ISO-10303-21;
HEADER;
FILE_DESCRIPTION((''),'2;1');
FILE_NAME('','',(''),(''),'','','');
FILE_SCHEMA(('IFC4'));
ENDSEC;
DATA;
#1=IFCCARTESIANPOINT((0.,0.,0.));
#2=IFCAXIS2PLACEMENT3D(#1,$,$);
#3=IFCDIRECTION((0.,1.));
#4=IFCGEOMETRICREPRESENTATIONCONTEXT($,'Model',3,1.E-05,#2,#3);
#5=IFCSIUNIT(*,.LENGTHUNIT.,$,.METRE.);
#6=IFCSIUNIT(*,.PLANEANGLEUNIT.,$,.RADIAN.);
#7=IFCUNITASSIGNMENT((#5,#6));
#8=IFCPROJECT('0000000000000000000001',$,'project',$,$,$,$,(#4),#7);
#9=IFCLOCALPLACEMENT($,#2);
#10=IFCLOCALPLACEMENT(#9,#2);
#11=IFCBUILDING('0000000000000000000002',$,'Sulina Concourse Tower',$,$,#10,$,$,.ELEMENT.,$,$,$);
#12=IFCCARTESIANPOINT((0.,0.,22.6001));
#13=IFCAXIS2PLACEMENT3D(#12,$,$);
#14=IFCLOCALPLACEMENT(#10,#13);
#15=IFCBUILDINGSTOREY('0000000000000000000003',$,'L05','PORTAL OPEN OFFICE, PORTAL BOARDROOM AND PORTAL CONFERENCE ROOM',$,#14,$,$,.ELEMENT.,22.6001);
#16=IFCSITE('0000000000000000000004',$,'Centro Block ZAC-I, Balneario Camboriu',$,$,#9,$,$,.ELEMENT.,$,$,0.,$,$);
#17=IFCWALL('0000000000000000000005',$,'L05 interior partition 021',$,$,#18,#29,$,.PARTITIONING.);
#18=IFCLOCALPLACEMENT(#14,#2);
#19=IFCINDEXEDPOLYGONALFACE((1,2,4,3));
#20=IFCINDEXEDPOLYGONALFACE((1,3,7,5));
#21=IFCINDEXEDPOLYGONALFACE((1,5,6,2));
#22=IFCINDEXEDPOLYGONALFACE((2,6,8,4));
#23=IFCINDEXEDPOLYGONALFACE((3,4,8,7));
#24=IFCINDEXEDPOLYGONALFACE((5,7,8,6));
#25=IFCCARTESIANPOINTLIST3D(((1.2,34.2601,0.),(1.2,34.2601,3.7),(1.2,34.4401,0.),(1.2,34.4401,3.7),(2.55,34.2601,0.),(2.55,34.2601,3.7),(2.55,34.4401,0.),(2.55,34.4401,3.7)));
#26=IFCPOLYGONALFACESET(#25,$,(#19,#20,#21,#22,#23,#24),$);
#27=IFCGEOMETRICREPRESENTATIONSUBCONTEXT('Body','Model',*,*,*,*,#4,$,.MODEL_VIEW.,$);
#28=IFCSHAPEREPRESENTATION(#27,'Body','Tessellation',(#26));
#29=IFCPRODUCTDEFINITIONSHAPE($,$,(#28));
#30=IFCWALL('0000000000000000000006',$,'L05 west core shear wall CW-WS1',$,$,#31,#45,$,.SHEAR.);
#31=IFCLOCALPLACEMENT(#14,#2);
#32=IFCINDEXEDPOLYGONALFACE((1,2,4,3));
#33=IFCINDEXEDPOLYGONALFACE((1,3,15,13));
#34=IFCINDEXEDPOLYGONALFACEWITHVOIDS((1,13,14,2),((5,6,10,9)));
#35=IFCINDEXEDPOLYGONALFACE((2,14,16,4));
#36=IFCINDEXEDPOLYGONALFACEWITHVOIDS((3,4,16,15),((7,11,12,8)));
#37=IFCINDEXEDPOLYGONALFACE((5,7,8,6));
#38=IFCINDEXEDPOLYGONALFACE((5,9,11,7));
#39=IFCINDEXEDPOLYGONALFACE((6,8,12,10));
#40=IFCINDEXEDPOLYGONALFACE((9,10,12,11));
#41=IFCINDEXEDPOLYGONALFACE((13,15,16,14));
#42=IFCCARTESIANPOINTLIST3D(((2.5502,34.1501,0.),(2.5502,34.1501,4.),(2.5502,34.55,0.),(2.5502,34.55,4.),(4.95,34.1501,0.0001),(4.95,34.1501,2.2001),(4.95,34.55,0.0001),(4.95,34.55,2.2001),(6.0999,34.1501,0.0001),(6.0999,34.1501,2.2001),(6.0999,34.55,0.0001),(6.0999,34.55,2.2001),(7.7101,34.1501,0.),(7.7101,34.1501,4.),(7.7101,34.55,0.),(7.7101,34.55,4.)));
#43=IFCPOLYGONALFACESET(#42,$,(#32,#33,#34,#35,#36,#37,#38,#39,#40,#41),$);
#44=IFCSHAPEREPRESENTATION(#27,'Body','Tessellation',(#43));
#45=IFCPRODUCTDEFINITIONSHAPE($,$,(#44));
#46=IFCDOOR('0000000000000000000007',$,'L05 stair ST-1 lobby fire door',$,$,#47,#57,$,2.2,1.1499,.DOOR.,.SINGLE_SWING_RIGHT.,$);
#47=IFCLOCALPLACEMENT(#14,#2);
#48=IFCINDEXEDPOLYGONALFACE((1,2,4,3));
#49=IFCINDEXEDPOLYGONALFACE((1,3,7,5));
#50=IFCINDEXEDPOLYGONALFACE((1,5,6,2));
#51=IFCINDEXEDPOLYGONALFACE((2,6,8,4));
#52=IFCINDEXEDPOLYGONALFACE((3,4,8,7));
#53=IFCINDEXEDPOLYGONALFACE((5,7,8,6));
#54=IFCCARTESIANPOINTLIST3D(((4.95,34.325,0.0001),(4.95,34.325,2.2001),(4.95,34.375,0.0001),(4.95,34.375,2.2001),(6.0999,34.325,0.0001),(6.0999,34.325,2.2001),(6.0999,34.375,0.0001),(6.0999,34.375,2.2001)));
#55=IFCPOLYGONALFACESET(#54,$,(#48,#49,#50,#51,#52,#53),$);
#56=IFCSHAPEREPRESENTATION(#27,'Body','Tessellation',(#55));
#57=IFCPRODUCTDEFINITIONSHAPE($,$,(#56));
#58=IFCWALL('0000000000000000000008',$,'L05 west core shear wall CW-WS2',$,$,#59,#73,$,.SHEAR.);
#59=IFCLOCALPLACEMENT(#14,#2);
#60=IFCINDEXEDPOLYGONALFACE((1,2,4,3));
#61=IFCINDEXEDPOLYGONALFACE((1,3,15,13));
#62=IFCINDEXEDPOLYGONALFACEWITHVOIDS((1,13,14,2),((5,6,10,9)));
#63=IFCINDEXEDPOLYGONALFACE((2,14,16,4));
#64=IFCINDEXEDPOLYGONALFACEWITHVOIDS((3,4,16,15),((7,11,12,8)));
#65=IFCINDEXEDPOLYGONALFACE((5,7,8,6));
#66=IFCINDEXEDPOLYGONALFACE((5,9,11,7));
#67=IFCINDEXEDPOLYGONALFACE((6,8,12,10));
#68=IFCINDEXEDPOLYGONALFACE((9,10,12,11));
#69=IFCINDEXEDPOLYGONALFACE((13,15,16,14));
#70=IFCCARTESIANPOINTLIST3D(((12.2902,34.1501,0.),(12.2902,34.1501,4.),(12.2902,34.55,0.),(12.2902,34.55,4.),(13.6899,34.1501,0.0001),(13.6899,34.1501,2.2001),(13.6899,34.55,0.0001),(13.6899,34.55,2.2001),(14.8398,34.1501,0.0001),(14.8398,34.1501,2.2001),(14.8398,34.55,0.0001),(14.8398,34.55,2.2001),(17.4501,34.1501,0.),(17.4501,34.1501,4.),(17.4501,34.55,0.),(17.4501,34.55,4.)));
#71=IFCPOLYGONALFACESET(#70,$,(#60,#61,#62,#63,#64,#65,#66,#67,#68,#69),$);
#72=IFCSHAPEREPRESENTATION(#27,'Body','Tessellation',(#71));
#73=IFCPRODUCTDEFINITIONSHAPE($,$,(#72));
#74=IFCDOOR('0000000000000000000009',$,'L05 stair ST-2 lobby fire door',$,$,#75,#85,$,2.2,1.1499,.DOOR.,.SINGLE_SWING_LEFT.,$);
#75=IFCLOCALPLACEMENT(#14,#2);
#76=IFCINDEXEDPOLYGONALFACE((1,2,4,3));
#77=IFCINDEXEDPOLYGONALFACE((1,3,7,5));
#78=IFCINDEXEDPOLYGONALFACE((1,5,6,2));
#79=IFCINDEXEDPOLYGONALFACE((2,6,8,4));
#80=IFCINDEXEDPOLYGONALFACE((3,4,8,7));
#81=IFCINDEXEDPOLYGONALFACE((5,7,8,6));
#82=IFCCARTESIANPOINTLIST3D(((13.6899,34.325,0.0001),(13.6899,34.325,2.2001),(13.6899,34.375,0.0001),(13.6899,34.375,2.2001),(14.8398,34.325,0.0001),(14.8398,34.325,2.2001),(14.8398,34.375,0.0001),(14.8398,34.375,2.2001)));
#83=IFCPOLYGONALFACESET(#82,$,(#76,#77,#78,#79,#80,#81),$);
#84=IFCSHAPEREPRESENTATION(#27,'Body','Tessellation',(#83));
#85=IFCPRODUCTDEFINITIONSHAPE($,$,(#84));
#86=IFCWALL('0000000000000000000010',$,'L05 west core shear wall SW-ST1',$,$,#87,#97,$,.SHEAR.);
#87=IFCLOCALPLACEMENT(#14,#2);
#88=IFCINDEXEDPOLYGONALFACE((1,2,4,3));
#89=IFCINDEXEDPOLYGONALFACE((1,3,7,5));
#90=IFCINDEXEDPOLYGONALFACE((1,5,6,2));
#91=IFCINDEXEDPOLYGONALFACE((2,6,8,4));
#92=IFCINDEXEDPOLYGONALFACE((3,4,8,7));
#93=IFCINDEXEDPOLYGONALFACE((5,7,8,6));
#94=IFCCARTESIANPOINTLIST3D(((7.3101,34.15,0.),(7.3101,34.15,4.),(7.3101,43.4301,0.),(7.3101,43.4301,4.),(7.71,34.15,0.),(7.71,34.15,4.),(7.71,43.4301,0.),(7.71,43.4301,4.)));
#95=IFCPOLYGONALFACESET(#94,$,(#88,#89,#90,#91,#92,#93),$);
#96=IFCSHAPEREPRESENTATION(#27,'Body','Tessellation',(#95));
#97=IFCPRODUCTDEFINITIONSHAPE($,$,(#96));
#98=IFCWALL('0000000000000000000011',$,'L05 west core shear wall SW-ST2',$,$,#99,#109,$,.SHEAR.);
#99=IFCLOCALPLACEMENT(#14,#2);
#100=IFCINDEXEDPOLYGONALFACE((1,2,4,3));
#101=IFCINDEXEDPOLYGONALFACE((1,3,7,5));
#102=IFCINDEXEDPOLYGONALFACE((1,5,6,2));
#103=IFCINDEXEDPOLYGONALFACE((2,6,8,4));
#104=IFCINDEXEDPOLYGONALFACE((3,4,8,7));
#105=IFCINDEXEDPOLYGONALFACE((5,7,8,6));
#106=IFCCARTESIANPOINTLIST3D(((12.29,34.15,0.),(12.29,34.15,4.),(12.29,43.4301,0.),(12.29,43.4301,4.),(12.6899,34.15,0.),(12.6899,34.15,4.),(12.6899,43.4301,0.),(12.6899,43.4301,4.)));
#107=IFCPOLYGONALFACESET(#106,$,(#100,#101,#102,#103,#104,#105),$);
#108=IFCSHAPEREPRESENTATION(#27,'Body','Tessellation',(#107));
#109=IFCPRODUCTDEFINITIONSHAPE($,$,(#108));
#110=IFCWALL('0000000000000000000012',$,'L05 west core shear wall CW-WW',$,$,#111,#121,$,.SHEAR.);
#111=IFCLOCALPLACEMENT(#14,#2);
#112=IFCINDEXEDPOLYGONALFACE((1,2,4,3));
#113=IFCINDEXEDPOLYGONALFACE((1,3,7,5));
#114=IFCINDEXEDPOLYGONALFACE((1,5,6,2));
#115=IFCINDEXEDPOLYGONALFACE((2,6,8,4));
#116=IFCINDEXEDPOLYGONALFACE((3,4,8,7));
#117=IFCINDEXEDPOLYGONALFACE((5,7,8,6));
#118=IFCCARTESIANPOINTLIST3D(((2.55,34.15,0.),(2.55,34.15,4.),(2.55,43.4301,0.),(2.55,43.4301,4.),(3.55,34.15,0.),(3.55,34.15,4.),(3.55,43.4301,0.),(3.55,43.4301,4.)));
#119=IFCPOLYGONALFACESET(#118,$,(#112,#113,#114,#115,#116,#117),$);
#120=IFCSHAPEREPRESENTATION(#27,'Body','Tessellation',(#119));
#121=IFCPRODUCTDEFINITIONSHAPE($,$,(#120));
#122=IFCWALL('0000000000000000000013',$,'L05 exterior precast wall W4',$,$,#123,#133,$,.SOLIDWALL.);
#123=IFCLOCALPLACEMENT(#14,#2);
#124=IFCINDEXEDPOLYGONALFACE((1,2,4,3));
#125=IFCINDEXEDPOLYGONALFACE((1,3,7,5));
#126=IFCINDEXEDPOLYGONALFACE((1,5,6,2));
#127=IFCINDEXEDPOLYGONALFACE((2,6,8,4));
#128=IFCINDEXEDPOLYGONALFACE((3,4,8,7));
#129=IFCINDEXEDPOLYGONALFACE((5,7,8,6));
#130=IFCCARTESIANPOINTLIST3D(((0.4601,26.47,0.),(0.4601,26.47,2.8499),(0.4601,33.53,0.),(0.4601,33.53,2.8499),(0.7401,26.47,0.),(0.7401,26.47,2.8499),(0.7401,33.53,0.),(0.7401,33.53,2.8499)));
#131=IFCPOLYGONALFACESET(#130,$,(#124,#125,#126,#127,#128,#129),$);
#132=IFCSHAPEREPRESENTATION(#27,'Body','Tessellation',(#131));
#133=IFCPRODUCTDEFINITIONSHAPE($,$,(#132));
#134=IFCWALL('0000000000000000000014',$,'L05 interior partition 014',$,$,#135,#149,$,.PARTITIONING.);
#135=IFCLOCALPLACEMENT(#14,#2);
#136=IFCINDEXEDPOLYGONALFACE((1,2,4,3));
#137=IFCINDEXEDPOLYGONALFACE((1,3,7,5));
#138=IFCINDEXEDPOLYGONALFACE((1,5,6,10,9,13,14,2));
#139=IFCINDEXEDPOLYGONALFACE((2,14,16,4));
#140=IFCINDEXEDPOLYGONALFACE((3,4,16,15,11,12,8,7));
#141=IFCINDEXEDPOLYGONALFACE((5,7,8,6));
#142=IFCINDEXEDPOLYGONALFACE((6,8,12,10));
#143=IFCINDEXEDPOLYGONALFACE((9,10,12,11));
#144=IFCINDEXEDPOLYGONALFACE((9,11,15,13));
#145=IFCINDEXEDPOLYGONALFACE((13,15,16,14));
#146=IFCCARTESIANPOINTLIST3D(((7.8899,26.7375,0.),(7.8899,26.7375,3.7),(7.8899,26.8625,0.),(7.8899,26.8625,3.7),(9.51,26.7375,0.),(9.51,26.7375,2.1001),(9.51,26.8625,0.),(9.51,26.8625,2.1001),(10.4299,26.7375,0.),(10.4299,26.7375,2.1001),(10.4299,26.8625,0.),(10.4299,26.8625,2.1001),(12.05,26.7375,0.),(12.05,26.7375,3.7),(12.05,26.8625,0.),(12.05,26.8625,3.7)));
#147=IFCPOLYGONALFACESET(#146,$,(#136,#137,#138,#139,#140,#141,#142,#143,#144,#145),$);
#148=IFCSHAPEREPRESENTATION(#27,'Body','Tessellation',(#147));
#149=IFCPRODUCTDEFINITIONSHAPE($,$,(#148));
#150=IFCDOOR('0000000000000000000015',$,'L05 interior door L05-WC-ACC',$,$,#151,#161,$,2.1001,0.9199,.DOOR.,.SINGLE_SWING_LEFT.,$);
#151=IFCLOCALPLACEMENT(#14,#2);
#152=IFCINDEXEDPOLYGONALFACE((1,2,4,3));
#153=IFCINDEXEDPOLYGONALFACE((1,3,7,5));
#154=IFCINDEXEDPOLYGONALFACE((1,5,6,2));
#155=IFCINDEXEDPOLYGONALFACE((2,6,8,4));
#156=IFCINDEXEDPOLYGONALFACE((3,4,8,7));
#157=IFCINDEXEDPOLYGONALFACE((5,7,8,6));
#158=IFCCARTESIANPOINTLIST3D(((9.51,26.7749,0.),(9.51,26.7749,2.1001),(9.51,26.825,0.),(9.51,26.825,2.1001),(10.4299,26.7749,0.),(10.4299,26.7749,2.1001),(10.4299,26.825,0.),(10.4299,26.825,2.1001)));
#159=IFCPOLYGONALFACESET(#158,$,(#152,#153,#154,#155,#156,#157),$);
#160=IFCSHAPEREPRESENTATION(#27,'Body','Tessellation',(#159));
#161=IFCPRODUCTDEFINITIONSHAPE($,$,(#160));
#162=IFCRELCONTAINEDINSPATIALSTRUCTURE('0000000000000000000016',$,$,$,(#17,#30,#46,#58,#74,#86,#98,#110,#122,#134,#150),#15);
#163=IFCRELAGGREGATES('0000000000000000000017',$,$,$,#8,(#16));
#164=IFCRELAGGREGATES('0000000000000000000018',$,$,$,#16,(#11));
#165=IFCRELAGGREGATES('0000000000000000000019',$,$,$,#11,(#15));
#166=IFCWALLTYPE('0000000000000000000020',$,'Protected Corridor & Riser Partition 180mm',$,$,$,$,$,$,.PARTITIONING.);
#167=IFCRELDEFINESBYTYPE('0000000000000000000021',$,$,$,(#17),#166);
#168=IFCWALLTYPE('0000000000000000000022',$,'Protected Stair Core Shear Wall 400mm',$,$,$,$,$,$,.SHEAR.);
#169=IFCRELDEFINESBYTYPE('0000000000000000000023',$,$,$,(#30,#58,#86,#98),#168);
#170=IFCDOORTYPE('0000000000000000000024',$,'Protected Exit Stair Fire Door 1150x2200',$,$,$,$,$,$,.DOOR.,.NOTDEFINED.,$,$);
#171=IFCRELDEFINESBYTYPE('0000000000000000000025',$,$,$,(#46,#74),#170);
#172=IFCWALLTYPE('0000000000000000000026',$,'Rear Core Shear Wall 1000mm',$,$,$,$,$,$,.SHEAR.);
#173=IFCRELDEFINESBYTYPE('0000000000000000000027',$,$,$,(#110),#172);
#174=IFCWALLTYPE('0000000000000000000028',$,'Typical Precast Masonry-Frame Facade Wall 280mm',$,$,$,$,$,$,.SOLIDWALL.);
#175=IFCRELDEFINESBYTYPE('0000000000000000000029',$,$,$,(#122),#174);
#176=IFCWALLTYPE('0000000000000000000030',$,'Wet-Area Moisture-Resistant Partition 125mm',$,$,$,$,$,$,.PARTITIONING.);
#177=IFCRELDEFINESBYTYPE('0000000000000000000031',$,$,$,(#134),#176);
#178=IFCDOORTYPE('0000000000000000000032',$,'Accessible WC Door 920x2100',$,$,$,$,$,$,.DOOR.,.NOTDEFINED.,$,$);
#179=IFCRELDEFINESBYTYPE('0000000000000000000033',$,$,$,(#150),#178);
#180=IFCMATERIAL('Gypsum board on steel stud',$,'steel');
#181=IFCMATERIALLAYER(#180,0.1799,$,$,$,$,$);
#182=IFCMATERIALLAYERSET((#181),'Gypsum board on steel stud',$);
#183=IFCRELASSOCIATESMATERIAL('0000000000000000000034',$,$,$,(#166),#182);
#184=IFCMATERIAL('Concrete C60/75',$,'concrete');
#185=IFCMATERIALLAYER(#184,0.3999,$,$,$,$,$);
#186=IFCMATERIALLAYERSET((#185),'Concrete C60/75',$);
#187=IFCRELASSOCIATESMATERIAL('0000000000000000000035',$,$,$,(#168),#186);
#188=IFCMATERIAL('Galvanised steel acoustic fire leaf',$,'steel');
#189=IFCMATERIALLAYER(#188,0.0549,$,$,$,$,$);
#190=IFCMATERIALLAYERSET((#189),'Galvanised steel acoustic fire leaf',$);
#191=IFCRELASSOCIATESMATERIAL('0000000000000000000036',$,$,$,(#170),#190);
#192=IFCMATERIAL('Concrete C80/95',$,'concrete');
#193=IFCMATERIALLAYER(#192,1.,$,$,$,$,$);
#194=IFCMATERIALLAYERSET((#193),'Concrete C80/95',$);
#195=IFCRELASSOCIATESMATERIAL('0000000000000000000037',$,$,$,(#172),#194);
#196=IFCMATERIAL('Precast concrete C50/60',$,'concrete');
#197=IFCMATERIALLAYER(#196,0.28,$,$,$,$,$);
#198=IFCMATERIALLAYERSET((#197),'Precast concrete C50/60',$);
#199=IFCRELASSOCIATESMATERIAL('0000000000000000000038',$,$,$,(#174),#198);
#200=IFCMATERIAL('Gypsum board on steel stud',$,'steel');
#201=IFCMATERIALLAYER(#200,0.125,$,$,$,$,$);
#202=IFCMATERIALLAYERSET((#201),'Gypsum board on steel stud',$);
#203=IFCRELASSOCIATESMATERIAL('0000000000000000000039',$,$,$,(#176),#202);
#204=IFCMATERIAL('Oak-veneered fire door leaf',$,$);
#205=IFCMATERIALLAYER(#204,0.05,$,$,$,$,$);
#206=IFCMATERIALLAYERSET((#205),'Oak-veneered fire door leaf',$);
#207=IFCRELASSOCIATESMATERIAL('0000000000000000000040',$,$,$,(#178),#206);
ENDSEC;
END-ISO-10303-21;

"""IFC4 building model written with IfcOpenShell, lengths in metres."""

from ifc_helpers import new_model, si_unit, direction, frame, frame_2d, origin, place, context, subcontext, project, spatial, rectangle, extrude, material, layer, layer_set, type_object, element, fill, save


model = new_model("IFC4")

# Units and contexts
model_context = context("Model", 3, precision=1e-05, world=origin(), true_north=direction((0.0, 1.0)))
body_context = subcontext(model_context, "Body", "Model", "MODEL_VIEW")
ifc_project = project(units=[si_unit("LENGTHUNIT", "METRE"), si_unit("PLANEANGLEUNIT", "RADIAN")], contexts=[model_context])

# Site, building, storey
site_placement = place(None, origin())
site = spatial("IfcSite", under=ifc_project, at=site_placement, Name="Centro Block ZAC-I, Balneario Camboriu", CompositionType="ELEMENT", RefElevation=0.0)
building_placement = place(site_placement, origin())
building = spatial("IfcBuilding", under=site, at=building_placement, Name="Sulina Concourse Tower", CompositionType="ELEMENT")
storey_placement = place(building_placement, frame((0.0, 0.0, 22.6001)))
storey = spatial("IfcBuildingStorey", under=building, at=storey_placement, Name="L05", Description="PORTAL OPEN OFFICE, PORTAL BOARDROOM AND PORTAL CONFERENCE ROOM", CompositionType="ELEMENT", Elevation=22.6001)

# Wall
ifc_material_1 = material(Name="Gypsum board on steel stud", Category="steel")
ifc_layer_1 = layer(ifc_material_1, 0.1799)
ifc_layer_set_1 = layer_set([ifc_layer_1], Name="Gypsum board on steel stud")
wall_type_1 = type_object("IfcWallType", Name="Protected Corridor & Riser Partition 180mm", PredefinedType="PARTITIONING", material=ifc_layer_set_1)
wall_1_placement = place(storey_placement, frame((1.2, 34.3501, 0.0), z_axis=(0.0, 0.0, 1.0), x_axis=(1.0, 0.0, 0.0)))
element("IfcWall", 1, at=wall_1_placement, inside=storey, type_object=wall_type_1, Name="L05 interior partition 021", PredefinedType="PARTITIONING", context=body_context, shape_type="SweptSolid", body=[
    extrude(rectangle(XDim=1.3501, YDim=0.1799, at=frame_2d((0.675, 0.0))), origin(), (0.0, 0.0, 1.0), 3.7),
])

# Walls, openings, doors
ifc_material_2 = material(Name="Concrete C60/75", Category="concrete")
ifc_layer_2 = layer(ifc_material_2, 0.3999)
ifc_layer_set_2 = layer_set([ifc_layer_2], Name="Concrete C60/75")
wall_type_2 = type_object("IfcWallType", Name="Protected Stair Core Shear Wall 400mm", PredefinedType="SHEAR", material=ifc_layer_set_2)
wall_2_placement = place(storey_placement, frame((2.55, 34.3501, 0.0), z_axis=(0.0, 0.0, 1.0), x_axis=(1.0, 0.0, 0.0)))
wall_2 = element("IfcWall", 2, at=wall_2_placement, inside=storey, type_object=wall_type_2, Name="L05 west core shear wall CW-WS1", PredefinedType="SHEAR", context=body_context, shape_type="SweptSolid", body=[
    extrude(rectangle(XDim=5.1599, YDim=0.3999, at=frame_2d((2.5801, 0.0))), origin(), (0.0, 0.0, 1.0), 4.0),
])
opening_1_placement = place(wall_2_placement, frame((2.3999, 0.0, 0.0)))
opening_1 = element("IfcOpeningElement", 3, at=opening_1_placement, cuts=wall_2, PredefinedType="OPENING", context=body_context, shape_type="SweptSolid", body=[
    extrude(rectangle(XDim=1.1499, YDim=2.2, at=frame_2d((0.575, 1.1001))), frame((0.0, 0.21, 0.0), z_axis=(0.0, -1.0, 0.0), x_axis=(1.0, 0.0, 0.0)), (0.0, 0.0, 1.0), 0.4199),
])
ifc_material_3 = material(Name="Galvanised steel acoustic fire leaf", Category="steel")
ifc_layer_3 = layer(ifc_material_3, 0.0549)
ifc_layer_set_3 = layer_set([ifc_layer_3], Name="Galvanised steel acoustic fire leaf")
door_type_1 = type_object("IfcDoorType", Name="Protected Exit Stair Fire Door 1150x2200", OperationType="NOTDEFINED", PredefinedType="DOOR", material=ifc_layer_set_3)
door_1_placement = place(opening_1_placement, origin())
door_1 = element("IfcDoor", 4, at=door_1_placement, inside=storey, type_object=door_type_1, Name="L05 stair ST-1 lobby fire door", OperationType="SINGLE_SWING_RIGHT", OverallHeight=2.2, OverallWidth=1.1499, PredefinedType="DOOR", context=body_context, shape_type="SweptSolid", body=[
    extrude(rectangle(XDim=1.1499, YDim=2.2, at=frame_2d((0.575, 1.1001))), frame((0.0, 0.0249, 0.0), z_axis=(0.0, -1.0, 0.0), x_axis=(1.0, 0.0, 0.0)), (0.0, 0.0, 1.0), 0.05),
])
fill(opening_1, door_1)
wall_3_placement = place(storey_placement, frame((12.29, 34.3501, 0.0), z_axis=(0.0, 0.0, 1.0), x_axis=(1.0, 0.0, 0.0)))
wall_3 = element("IfcWall", 5, at=wall_3_placement, inside=storey, type_object=wall_type_2, Name="L05 west core shear wall CW-WS2", PredefinedType="SHEAR", context=body_context, shape_type="SweptSolid", body=[
    extrude(rectangle(XDim=5.1599, YDim=0.3999, at=frame_2d((2.5801, 0.0))), origin(), (0.0, 0.0, 1.0), 4.0),
])
opening_2_placement = place(wall_3_placement, frame((1.3999, 0.0, 0.0)))
opening_2 = element("IfcOpeningElement", 6, at=opening_2_placement, cuts=wall_3, PredefinedType="OPENING", context=body_context, shape_type="SweptSolid", body=[
    extrude(rectangle(XDim=1.1499, YDim=2.2, at=frame_2d((0.575, 1.1001))), frame((0.0, 0.21, 0.0), z_axis=(0.0, -1.0, 0.0), x_axis=(1.0, 0.0, 0.0)), (0.0, 0.0, 1.0), 0.4199),
])
door_2_placement = place(opening_2_placement, origin())
door_2 = element("IfcDoor", 7, at=door_2_placement, inside=storey, type_object=door_type_1, Name="L05 stair ST-2 lobby fire door", OperationType="SINGLE_SWING_LEFT", OverallHeight=2.2, OverallWidth=1.1499, PredefinedType="DOOR", context=body_context, shape_type="SweptSolid", body=[
    extrude(rectangle(XDim=1.1499, YDim=2.2, at=frame_2d((0.575, 1.1001))), frame((0.0, 0.0249, 0.0), z_axis=(0.0, -1.0, 0.0), x_axis=(1.0, 0.0, 0.0)), (0.0, 0.0, 1.0), 0.05),
])
fill(opening_2, door_2)

# Walls
for number, where, z_axis, x_axis, name in (
    (8, (7.51, 34.1499, 0.0), (0.0, 0.0, 1.0), (0.0, 1.0, 0.0), "L05 west core shear wall SW-ST1"),
    (9, (12.49, 34.1499, 0.0), (0.0, 0.0, 1.0), (0.0, 1.0, 0.0), "L05 west core shear wall SW-ST2"),
):
    element("IfcWall", number, at=place(storey_placement, frame(where, z_axis=z_axis, x_axis=x_axis)), inside=storey, type_object=wall_type_2, Name=name, PredefinedType="SHEAR", context=body_context, shape_type="SweptSolid", body=[
        extrude(rectangle(XDim=9.28, YDim=0.3999, at=frame_2d((4.6401, 0.0))), origin(), (0.0, 0.0, 1.0), 4.0),
    ])
ifc_material_4 = material(Name="Concrete C80/95", Category="concrete")
ifc_layer_4 = layer(ifc_material_4, 1.0)
ifc_layer_set_4 = layer_set([ifc_layer_4], Name="Concrete C80/95")
wall_type_3 = type_object("IfcWallType", Name="Rear Core Shear Wall 1000mm", PredefinedType="SHEAR", material=ifc_layer_set_4)
wall_4_placement = place(storey_placement, frame((3.05, 34.1499, 0.0), z_axis=(0.0, 0.0, 1.0), x_axis=(0.0, 1.0, 0.0)))
element("IfcWall", 10, at=wall_4_placement, inside=storey, type_object=wall_type_3, Name="L05 west core shear wall CW-WW", PredefinedType="SHEAR", context=body_context, shape_type="SweptSolid", body=[
    extrude(rectangle(XDim=9.28, YDim=1.0, at=frame_2d((4.6401, 0.0))), origin(), (0.0, 0.0, 1.0), 4.0),
])
ifc_material_5 = material(Name="Precast concrete C50/60", Category="concrete")
ifc_layer_5 = layer(ifc_material_5, 0.28)
ifc_layer_set_5 = layer_set([ifc_layer_5], Name="Precast concrete C50/60")
wall_type_4 = type_object("IfcWallType", Name="Typical Precast Masonry-Frame Facade Wall 280mm", PredefinedType="SOLIDWALL", material=ifc_layer_set_5)
wall_5_placement = place(storey_placement, frame((0.6001, 26.47, 0.0), z_axis=(0.0, 0.0, 1.0), x_axis=(0.0, 1.0, 0.0)))
element("IfcWall", 11, at=wall_5_placement, inside=storey, type_object=wall_type_4, Name="L05 exterior precast wall W4", PredefinedType="SOLIDWALL", context=body_context, shape_type="SweptSolid", body=[
    extrude(rectangle(XDim=7.0601, YDim=0.28, at=frame_2d((3.53, 0.0))), origin(), (0.0, 0.0, 1.0), 2.8499),
])

# Wall, opening, door
ifc_material_6 = material(Name="Gypsum board on steel stud", Category="steel")
ifc_layer_6 = layer(ifc_material_6, 0.125)
ifc_layer_set_6 = layer_set([ifc_layer_6], Name="Gypsum board on steel stud")
wall_type_5 = type_object("IfcWallType", Name="Wet-Area Moisture-Resistant Partition 125mm", PredefinedType="PARTITIONING", material=ifc_layer_set_6)
wall_6_placement = place(storey_placement, frame((7.8899, 26.8, 0.0), z_axis=(0.0, 0.0, 1.0), x_axis=(1.0, 0.0, 0.0)))
wall_6 = element("IfcWall", 12, at=wall_6_placement, inside=storey, type_object=wall_type_5, Name="L05 interior partition 014", PredefinedType="PARTITIONING", context=body_context, shape_type="SweptSolid", body=[
    extrude(rectangle(XDim=4.1602, YDim=0.125, at=frame_2d((2.0801, 0.0))), origin(), (0.0, 0.0, 1.0), 3.7),
])
opening_3_placement = place(wall_6_placement, frame((1.6201, 0.0, 0.0)))
opening_3 = element("IfcOpeningElement", 13, at=opening_3_placement, cuts=wall_6, PredefinedType="OPENING", context=body_context, shape_type="SweptSolid", body=[
    extrude(rectangle(XDim=0.9199, YDim=2.1001, at=frame_2d((0.46, 1.05))), frame((0.0, 0.0725, 0.0), z_axis=(0.0, -1.0, 0.0), x_axis=(1.0, 0.0, 0.0)), (0.0, 0.0, 1.0), 0.145),
])
ifc_material_7 = material(Name="Oak-veneered fire door leaf")
ifc_layer_7 = layer(ifc_material_7, 0.05)
ifc_layer_set_7 = layer_set([ifc_layer_7], Name="Oak-veneered fire door leaf")
door_type_2 = type_object("IfcDoorType", Name="Accessible WC Door 920x2100", OperationType="NOTDEFINED", PredefinedType="DOOR", material=ifc_layer_set_7)
door_3_placement = place(opening_3_placement, origin())
door_3 = element("IfcDoor", 14, at=door_3_placement, inside=storey, type_object=door_type_2, Name="L05 interior door L05-WC-ACC", OperationType="SINGLE_SWING_LEFT", OverallHeight=2.1001, OverallWidth=0.9199, PredefinedType="DOOR", context=body_context, shape_type="SweptSolid", body=[
    extrude(rectangle(XDim=0.9199, YDim=2.1001, at=frame_2d((0.46, 1.05))), frame((0.0, 0.0249, 0.0), z_axis=(0.0, -1.0, 0.0), x_axis=(1.0, 0.0, 0.0)), (0.0, 0.0, 1.0), 0.05),
])
fill(opening_3, door_3)

save(model, "model.ifc")
